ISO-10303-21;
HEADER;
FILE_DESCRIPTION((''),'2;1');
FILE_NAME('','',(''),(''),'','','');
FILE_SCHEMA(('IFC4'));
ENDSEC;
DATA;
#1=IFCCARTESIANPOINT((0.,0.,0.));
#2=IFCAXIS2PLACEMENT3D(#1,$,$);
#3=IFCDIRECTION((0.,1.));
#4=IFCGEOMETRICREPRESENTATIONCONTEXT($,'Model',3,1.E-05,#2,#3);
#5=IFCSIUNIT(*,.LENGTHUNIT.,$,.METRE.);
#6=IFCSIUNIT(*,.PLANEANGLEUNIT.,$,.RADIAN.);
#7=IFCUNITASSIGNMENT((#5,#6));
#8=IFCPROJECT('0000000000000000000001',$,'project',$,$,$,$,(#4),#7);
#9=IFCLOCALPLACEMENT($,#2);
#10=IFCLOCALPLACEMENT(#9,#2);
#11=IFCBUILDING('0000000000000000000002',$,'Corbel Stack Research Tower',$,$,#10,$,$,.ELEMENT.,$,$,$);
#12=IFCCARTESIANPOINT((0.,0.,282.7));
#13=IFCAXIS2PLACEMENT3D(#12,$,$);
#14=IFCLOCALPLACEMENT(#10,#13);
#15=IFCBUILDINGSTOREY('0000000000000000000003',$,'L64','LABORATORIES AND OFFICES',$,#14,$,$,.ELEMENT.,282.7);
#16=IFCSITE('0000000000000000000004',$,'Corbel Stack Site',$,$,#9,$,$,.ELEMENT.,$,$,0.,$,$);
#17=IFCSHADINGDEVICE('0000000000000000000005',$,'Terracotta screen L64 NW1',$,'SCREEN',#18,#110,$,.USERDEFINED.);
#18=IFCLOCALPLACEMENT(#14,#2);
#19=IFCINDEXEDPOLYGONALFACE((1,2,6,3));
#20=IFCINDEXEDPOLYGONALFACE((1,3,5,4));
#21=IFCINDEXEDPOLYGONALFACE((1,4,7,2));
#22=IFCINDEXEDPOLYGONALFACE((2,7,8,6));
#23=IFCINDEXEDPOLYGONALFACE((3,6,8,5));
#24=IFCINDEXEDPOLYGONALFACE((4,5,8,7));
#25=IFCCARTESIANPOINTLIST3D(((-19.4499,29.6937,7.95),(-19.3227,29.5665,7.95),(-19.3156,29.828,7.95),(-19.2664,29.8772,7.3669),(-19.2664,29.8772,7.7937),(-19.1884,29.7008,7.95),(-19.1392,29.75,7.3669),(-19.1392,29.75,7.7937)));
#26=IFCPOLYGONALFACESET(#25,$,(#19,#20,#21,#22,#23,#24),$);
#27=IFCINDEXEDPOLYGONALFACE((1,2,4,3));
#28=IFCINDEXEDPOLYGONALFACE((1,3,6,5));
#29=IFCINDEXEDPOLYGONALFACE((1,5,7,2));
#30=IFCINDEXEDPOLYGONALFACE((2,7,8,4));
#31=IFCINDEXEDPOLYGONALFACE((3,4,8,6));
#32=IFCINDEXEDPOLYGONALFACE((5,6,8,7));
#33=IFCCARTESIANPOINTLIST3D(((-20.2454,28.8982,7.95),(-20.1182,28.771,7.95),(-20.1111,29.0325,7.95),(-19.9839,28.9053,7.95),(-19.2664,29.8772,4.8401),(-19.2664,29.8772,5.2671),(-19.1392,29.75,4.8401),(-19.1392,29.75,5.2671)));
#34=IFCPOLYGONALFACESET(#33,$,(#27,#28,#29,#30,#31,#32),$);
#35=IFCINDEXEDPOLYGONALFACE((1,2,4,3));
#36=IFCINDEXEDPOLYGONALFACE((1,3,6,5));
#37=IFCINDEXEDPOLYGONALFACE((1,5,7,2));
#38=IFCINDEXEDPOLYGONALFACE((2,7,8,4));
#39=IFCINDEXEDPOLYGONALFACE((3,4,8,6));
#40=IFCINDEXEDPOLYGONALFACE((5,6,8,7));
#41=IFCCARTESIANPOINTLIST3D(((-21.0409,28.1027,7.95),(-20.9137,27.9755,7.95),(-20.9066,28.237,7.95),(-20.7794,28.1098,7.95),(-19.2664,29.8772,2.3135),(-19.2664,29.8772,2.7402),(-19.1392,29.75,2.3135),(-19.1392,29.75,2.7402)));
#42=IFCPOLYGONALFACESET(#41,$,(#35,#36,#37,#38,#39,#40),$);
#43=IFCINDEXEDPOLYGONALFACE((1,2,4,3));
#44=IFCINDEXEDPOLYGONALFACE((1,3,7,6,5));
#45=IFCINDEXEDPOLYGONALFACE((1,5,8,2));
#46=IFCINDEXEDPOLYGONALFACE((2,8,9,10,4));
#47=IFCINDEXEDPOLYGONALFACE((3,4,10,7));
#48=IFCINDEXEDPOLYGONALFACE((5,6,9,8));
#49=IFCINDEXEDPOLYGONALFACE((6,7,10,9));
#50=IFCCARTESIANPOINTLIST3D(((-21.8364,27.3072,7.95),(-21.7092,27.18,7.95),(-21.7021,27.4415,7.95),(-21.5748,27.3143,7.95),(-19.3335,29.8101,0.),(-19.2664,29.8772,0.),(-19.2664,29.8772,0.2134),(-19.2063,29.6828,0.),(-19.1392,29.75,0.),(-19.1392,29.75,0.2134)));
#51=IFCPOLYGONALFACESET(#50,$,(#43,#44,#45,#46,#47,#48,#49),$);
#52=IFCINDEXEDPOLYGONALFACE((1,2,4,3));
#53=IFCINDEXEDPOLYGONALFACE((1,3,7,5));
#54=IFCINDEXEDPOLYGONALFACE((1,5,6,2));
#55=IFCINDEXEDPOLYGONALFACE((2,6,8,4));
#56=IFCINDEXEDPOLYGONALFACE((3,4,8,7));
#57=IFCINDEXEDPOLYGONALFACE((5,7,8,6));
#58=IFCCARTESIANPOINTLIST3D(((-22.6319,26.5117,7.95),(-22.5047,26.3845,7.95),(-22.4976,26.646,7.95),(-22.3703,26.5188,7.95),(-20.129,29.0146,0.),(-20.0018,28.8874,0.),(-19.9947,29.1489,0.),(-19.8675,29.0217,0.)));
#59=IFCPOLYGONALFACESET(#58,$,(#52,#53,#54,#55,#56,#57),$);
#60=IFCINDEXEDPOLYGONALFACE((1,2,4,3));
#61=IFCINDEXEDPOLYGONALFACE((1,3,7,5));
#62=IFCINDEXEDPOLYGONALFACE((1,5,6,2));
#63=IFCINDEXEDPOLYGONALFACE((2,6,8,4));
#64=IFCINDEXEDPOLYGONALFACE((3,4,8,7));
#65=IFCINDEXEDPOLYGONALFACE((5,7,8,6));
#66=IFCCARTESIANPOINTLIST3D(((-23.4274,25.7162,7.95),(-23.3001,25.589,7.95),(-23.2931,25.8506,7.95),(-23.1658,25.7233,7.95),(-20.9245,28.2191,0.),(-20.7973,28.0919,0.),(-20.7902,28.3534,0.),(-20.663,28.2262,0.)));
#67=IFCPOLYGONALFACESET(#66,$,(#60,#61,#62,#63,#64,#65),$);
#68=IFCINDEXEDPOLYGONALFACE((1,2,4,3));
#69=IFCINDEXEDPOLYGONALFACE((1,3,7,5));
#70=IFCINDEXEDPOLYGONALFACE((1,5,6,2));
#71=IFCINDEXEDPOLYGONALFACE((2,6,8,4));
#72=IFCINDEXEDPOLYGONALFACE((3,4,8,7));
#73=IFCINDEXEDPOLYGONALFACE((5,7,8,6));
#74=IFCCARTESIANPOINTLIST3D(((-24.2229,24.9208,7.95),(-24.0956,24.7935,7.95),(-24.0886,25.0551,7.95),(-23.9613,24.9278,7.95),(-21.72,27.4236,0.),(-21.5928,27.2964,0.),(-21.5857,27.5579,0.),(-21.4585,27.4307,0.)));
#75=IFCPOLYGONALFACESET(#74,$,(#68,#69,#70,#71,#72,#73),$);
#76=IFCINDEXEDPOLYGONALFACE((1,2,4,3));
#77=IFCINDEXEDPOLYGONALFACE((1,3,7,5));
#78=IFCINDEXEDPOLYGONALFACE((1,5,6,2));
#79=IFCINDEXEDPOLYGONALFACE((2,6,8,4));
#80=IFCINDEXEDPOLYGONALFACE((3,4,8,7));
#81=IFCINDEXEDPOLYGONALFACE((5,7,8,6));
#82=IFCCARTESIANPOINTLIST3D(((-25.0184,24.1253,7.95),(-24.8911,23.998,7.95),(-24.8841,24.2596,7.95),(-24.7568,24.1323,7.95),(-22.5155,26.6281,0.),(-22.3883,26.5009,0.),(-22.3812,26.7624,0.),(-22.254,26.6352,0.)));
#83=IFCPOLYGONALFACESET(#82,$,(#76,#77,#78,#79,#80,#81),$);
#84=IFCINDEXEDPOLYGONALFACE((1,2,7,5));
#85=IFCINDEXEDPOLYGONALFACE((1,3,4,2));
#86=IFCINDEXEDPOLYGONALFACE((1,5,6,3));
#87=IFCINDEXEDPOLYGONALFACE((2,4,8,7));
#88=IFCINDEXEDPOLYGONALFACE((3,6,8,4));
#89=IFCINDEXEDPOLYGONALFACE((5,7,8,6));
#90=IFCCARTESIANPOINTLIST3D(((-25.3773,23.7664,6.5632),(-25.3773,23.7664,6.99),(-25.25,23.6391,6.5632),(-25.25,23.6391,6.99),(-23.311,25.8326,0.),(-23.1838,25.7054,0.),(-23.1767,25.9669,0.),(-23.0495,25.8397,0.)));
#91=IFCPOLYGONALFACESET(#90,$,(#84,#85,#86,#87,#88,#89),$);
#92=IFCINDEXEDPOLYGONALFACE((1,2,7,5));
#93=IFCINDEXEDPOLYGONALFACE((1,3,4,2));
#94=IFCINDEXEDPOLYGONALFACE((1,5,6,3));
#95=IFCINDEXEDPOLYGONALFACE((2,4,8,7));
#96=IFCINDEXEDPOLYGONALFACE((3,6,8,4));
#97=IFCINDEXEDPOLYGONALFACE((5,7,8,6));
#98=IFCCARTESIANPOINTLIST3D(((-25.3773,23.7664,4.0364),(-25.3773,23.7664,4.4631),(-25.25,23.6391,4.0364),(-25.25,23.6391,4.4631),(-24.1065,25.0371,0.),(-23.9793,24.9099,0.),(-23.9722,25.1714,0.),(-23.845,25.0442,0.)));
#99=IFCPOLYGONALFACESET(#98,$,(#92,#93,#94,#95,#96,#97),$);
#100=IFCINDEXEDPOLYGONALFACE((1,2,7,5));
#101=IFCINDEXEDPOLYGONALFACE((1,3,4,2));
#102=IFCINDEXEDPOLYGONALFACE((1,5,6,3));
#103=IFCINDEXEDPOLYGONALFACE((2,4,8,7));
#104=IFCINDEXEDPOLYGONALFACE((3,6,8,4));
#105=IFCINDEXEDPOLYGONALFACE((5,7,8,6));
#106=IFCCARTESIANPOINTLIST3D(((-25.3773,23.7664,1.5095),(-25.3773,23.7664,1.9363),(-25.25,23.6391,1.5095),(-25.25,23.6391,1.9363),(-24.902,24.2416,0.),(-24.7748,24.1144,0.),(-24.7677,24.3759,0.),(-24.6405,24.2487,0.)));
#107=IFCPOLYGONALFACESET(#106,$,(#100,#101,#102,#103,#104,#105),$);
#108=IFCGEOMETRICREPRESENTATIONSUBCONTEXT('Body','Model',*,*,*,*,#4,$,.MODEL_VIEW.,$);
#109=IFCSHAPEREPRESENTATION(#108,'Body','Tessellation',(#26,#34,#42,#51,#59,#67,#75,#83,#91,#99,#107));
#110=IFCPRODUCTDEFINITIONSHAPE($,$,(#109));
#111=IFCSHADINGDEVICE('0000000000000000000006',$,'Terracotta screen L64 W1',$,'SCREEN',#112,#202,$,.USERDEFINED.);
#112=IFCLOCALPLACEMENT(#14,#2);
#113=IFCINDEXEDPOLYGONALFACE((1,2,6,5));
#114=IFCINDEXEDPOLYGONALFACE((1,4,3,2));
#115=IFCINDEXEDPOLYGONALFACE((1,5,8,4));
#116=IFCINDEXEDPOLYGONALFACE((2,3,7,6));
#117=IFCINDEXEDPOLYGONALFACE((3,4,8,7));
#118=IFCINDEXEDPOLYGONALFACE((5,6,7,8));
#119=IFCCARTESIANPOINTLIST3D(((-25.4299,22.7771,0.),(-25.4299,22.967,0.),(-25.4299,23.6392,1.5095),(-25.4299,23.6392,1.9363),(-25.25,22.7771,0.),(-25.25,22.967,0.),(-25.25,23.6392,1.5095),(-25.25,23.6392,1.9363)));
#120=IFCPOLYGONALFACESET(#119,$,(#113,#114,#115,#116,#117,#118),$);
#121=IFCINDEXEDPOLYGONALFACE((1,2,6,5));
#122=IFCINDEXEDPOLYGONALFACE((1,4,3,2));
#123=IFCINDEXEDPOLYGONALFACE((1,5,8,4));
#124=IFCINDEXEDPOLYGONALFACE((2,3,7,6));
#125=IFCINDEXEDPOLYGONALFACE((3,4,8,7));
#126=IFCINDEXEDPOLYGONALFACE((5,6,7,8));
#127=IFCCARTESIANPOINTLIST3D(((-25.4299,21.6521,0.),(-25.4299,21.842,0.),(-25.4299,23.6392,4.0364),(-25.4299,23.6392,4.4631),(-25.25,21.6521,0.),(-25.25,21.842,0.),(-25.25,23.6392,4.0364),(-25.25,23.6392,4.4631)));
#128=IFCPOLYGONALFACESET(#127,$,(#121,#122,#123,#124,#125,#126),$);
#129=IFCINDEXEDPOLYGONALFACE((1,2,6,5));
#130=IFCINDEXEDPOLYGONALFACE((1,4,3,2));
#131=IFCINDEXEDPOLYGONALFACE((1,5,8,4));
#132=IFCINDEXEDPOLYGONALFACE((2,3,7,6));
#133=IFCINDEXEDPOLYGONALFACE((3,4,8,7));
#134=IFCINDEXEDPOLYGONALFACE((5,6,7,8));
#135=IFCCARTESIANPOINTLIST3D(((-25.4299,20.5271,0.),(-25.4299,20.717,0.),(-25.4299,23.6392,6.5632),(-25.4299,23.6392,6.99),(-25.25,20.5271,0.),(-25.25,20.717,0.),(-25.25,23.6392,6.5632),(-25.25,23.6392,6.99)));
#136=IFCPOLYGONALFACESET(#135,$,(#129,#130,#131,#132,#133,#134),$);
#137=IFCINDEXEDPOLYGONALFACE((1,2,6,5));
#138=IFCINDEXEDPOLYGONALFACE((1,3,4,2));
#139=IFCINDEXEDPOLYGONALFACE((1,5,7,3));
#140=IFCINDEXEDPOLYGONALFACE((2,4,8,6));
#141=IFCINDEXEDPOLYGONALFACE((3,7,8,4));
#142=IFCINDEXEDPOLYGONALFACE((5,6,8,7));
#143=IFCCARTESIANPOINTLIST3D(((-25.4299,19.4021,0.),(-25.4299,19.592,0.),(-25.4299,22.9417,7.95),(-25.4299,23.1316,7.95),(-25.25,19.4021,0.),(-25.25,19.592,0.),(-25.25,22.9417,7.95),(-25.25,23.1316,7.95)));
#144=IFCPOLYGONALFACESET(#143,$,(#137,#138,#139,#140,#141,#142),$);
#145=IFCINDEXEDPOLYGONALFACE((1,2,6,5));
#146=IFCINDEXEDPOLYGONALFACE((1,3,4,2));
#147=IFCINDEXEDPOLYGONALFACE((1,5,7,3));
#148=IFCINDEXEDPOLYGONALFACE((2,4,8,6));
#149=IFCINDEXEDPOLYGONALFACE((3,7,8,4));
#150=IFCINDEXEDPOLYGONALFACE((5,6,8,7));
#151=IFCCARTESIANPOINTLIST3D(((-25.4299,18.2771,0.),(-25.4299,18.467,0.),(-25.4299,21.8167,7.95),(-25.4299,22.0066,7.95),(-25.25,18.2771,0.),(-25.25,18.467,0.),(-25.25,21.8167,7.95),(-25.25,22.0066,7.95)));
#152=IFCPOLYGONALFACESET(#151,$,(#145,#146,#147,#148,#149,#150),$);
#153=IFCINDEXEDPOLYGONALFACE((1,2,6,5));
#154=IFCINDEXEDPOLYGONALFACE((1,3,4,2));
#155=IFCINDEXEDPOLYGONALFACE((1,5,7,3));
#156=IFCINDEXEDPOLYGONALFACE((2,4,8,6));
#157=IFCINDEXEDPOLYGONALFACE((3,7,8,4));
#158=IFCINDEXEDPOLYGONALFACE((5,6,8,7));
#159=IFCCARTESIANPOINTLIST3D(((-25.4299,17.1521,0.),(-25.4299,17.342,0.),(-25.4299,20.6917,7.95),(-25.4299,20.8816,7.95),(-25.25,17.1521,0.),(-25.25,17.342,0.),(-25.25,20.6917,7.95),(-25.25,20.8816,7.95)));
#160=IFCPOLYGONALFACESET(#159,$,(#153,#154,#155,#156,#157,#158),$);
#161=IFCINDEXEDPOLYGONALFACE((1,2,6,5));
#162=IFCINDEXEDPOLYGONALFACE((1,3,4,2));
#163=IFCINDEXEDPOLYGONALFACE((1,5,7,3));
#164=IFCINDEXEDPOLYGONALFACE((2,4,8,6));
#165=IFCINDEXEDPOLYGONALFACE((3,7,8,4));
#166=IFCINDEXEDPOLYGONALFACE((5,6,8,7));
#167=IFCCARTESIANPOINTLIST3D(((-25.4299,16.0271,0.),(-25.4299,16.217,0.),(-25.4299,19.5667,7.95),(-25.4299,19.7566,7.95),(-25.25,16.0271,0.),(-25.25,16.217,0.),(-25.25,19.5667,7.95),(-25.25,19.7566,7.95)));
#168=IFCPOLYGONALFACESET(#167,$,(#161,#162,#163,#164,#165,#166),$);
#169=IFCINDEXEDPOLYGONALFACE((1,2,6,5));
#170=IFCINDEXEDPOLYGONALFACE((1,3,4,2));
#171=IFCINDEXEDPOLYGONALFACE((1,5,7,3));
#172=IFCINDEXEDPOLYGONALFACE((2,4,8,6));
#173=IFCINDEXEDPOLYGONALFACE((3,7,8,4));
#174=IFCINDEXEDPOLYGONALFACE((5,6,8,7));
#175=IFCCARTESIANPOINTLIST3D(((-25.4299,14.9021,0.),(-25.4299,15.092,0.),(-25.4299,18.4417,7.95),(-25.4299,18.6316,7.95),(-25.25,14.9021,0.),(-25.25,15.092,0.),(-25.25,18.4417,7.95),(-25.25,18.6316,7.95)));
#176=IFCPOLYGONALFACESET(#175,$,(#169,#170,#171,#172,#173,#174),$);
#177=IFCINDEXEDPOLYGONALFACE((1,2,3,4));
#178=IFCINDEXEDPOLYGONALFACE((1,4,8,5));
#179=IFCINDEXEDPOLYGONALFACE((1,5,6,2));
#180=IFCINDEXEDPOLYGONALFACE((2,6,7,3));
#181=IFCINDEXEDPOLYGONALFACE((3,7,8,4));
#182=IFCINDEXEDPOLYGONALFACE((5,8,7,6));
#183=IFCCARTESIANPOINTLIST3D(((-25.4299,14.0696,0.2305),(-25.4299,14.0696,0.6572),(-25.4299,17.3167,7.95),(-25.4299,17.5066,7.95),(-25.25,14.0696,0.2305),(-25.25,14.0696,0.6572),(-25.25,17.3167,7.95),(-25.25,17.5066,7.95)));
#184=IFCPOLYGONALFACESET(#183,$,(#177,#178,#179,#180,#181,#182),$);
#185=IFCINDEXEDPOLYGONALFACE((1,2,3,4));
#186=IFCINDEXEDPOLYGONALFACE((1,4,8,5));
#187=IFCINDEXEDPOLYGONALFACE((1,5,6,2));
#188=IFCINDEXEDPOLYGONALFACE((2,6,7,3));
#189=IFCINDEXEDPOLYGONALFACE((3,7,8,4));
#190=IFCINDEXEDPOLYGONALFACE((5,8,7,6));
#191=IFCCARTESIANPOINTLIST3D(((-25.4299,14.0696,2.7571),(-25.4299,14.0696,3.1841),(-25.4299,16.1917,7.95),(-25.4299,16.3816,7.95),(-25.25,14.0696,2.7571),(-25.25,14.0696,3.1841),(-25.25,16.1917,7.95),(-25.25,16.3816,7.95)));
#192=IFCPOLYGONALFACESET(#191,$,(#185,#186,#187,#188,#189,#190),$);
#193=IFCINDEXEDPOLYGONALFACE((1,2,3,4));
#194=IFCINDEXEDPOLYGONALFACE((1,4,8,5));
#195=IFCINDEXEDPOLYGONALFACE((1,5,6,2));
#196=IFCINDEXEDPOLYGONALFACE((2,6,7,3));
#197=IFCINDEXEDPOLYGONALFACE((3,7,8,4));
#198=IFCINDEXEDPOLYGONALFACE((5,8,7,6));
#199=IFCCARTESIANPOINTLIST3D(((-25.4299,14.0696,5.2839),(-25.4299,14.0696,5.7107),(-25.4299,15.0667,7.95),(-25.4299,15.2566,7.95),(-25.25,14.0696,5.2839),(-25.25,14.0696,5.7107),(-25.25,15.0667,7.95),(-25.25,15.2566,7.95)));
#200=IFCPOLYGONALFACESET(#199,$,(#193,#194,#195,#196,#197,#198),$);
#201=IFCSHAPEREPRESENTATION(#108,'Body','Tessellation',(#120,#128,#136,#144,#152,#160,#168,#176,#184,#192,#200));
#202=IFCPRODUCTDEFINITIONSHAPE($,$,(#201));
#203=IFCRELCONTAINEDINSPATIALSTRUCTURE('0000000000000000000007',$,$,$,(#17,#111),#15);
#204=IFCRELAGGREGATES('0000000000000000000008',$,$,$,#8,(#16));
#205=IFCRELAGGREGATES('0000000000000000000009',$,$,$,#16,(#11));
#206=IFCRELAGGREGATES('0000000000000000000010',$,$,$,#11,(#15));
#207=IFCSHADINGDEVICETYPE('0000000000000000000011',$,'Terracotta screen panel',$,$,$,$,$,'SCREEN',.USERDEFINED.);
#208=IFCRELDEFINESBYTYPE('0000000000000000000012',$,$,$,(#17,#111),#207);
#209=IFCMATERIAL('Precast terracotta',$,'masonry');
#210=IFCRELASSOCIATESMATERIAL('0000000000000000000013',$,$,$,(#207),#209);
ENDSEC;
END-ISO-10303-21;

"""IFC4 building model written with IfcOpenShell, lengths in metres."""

from ifc_helpers import new_model, si_unit, direction, frame, origin, place, context, subcontext, project, spatial, polyline, outline, extrude, source, transform, mapped, material, type_object, element, save


model = new_model("IFC4")

# Units and contexts
model_context = context("Model", 3, precision=1e-05, world=origin(), true_north=direction((0.0, 1.0)))
body_context = subcontext(model_context, "Body", "Model", "MODEL_VIEW")
ifc_project = project(units=[si_unit("LENGTHUNIT", "METRE"), si_unit("PLANEANGLEUNIT", "RADIAN")], contexts=[model_context])

# Site, building, storey
site_placement = place(None, origin())
site = spatial("IfcSite", under=ifc_project, at=site_placement, Name="Corbel Stack Site", CompositionType="ELEMENT", RefElevation=0.0)
building_placement = place(site_placement, origin())
building = spatial("IfcBuilding", under=site, at=building_placement, Name="Corbel Stack Research Tower", CompositionType="ELEMENT")
storey_placement = place(building_placement, frame((0.0, 0.0, 282.7)))
storey = spatial("IfcBuildingStorey", under=building, at=storey_placement, Name="L64", Description="LABORATORIES AND OFFICES", CompositionType="ELEMENT", Elevation=282.7)

# Shading devices
ifc_material_1 = material(Name="Precast terracotta", Category="masonry")
shading_device_type = type_object("IfcShadingDeviceType", Name="Terracotta screen panel", ElementType="SCREEN", PredefinedType="USERDEFINED", material=ifc_material_1)
shared_shape_1 = source(origin(), body_context, "Body", "SweptSolid", [
    extrude(outline(polyline([(0.2595, 7.95), (0.0696, 7.95), (0.0, 7.7937), (0.0, 7.3669), (0.2595, 7.95)])), frame((0.0, 0.0, 0.0), z_axis=(0.0, -1.0, 0.0), x_axis=(1.0, 0.0, 0.0)), (0.0, 0.0, 1.0), 0.1799),
    extrude(outline(polyline([(1.3845, 7.95), (1.1946, 7.95), (0.0, 5.2671), (0.0, 4.8401), (1.3845, 7.95)])), frame((0.0, 0.0, 0.0), z_axis=(0.0, -1.0, 0.0), x_axis=(1.0, 0.0, 0.0)), (0.0, 0.0, 1.0), 0.1799),
    extrude(outline(polyline([(2.5095, 7.95), (2.3196, 7.95), (0.0, 2.7402), (0.0, 2.3135), (2.5095, 7.95)])), frame((0.0, 0.0, 0.0), z_axis=(0.0, -1.0, 0.0), x_axis=(1.0, 0.0, 0.0)), (0.0, 0.0, 1.0), 0.1799),
    extrude(outline(polyline([(0.095, 0.0), (3.6345, 7.95), (3.4446, 7.95), (0.0, 0.2134), (0.0, 0.0), (0.095, 0.0)])), frame((0.0, 0.0, 0.0), z_axis=(0.0, -1.0, 0.0), x_axis=(1.0, 0.0, 0.0)), (0.0, 0.0, 1.0), 0.1799),
    extrude(outline(polyline([(1.22, 0.0), (4.7595, 7.95), (4.5696, 7.95), (1.03, 0.0), (1.22, 0.0)])), frame((0.0, 0.0, 0.0), z_axis=(0.0, -1.0, 0.0), x_axis=(1.0, 0.0, 0.0)), (0.0, 0.0, 1.0), 0.1799),
    extrude(outline(polyline([(2.345, 0.0), (5.8845, 7.95), (5.6946, 7.95), (2.155, 0.0), (2.345, 0.0)])), frame((0.0, 0.0, 0.0), z_axis=(0.0, -1.0, 0.0), x_axis=(1.0, 0.0, 0.0)), (0.0, 0.0, 1.0), 0.1799),
    extrude(outline(polyline([(3.47, 0.0), (7.0095, 7.95), (6.8196, 7.95), (3.28, 0.0), (3.47, 0.0)])), frame((0.0, 0.0, 0.0), z_axis=(0.0, -1.0, 0.0), x_axis=(1.0, 0.0, 0.0)), (0.0, 0.0, 1.0), 0.1799),
    extrude(outline(polyline([(4.595, 0.0), (8.1345, 7.95), (7.9446, 7.95), (4.405, 0.0), (4.595, 0.0)])), frame((0.0, 0.0, 0.0), z_axis=(0.0, -1.0, 0.0), x_axis=(1.0, 0.0, 0.0)), (0.0, 0.0, 1.0), 0.1799),
    extrude(outline(polyline([(5.72, 0.0), (8.6421, 6.5632), (8.6421, 6.99), (5.53, 0.0), (5.72, 0.0)])), frame((0.0, 0.0, 0.0), z_axis=(0.0, -1.0, 0.0), x_axis=(1.0, 0.0, 0.0)), (0.0, 0.0, 1.0), 0.1799),
    extrude(outline(polyline([(6.845, 0.0), (8.6421, 4.0364), (8.6421, 4.4631), (6.655, 0.0), (6.845, 0.0)])), frame((0.0, 0.0, 0.0), z_axis=(0.0, -1.0, 0.0), x_axis=(1.0, 0.0, 0.0)), (0.0, 0.0, 1.0), 0.1799),
    extrude(outline(polyline([(7.97, 0.0), (8.6421, 1.5095), (8.6421, 1.9363), (7.78, 0.0), (7.97, 0.0)])), frame((0.0, 0.0, 0.0), z_axis=(0.0, -1.0, 0.0), x_axis=(1.0, 0.0, 0.0)), (0.0, 0.0, 1.0), 0.1799),
])
shading_device_1_placement = place(storey_placement, frame((-19.1392, 29.75, 0.0), z_axis=(0.0, 0.0, 1.0), x_axis=(-0.707107, -0.707107, 0.0)))
element("IfcShadingDevice", 1, at=shading_device_1_placement, inside=storey, type_object=shading_device_type, Name="Terracotta screen L64 NW1", ObjectType="SCREEN", PredefinedType="USERDEFINED", context=body_context, shape_type="MappedRepresentation", body=[
    mapped(shared_shape_1, transform((0.0, 0.0, 0.0))),
])
shared_shape_2 = source(origin(), body_context, "Body", "SweptSolid", [
    extrude(outline(polyline([(0.8621, 0.0), (0.0, 1.9363), (0.0, 1.5095), (0.6721, 0.0), (0.8621, 0.0)])), frame((0.0, 0.0, 0.0), z_axis=(0.0, -1.0, 0.0), x_axis=(1.0, 0.0, 0.0)), (0.0, 0.0, 1.0), 0.1799),
    extrude(outline(polyline([(1.9871, 0.0), (0.0, 4.4631), (0.0, 4.0364), (1.7971, 0.0), (1.9871, 0.0)])), frame((0.0, 0.0, 0.0), z_axis=(0.0, -1.0, 0.0), x_axis=(1.0, 0.0, 0.0)), (0.0, 0.0, 1.0), 0.1799),
    extrude(outline(polyline([(3.1121, 0.0), (0.0, 6.99), (0.0, 6.5632), (2.9221, 0.0), (3.1121, 0.0)])), frame((0.0, 0.0, 0.0), z_axis=(0.0, -1.0, 0.0), x_axis=(1.0, 0.0, 0.0)), (0.0, 0.0, 1.0), 0.1799),
    extrude(outline(polyline([(4.2371, 0.0), (0.6975, 7.95), (0.5076, 7.95), (4.0471, 0.0), (4.2371, 0.0)])), frame((0.0, 0.0, 0.0), z_axis=(0.0, -1.0, 0.0), x_axis=(1.0, 0.0, 0.0)), (0.0, 0.0, 1.0), 0.1799),
    extrude(outline(polyline([(5.3621, 0.0), (1.8225, 7.95), (1.6326, 7.95), (5.1721, 0.0), (5.3621, 0.0)])), frame((0.0, 0.0, 0.0), z_axis=(0.0, -1.0, 0.0), x_axis=(1.0, 0.0, 0.0)), (0.0, 0.0, 1.0), 0.1799),
    extrude(outline(polyline([(6.4871, 0.0), (2.9475, 7.95), (2.7576, 7.95), (6.2971, 0.0), (6.4871, 0.0)])), frame((0.0, 0.0, 0.0), z_axis=(0.0, -1.0, 0.0), x_axis=(1.0, 0.0, 0.0)), (0.0, 0.0, 1.0), 0.1799),
    extrude(outline(polyline([(7.6121, 0.0), (4.0725, 7.95), (3.8826, 7.95), (7.4221, 0.0), (7.6121, 0.0)])), frame((0.0, 0.0, 0.0), z_axis=(0.0, -1.0, 0.0), x_axis=(1.0, 0.0, 0.0)), (0.0, 0.0, 1.0), 0.1799),
    extrude(outline(polyline([(8.7371, 0.0), (5.1975, 7.95), (5.0076, 7.95), (8.5471, 0.0), (8.7371, 0.0)])), frame((0.0, 0.0, 0.0), z_axis=(0.0, -1.0, 0.0), x_axis=(1.0, 0.0, 0.0)), (0.0, 0.0, 1.0), 0.1799),
    extrude(outline(polyline([(6.3225, 7.95), (6.1326, 7.95), (9.5696, 0.2305), (9.5696, 0.6572), (6.3225, 7.95)])), frame((0.0, 0.0, 0.0), z_axis=(0.0, -1.0, 0.0), x_axis=(1.0, 0.0, 0.0)), (0.0, 0.0, 1.0), 0.1799),
    extrude(outline(polyline([(7.4475, 7.95), (7.2576, 7.95), (9.5696, 2.7571), (9.5696, 3.1841), (7.4475, 7.95)])), frame((0.0, 0.0, 0.0), z_axis=(0.0, -1.0, 0.0), x_axis=(1.0, 0.0, 0.0)), (0.0, 0.0, 1.0), 0.1799),
    extrude(outline(polyline([(8.5725, 7.95), (8.3826, 7.95), (9.5696, 5.2839), (9.5696, 5.7107), (8.5725, 7.95)])), frame((0.0, 0.0, 0.0), z_axis=(0.0, -1.0, 0.0), x_axis=(1.0, 0.0, 0.0)), (0.0, 0.0, 1.0), 0.1799),
])
shading_device_2_placement = place(storey_placement, frame((-25.25, 23.6392, 0.0), z_axis=(0.0, 0.0, 1.0), x_axis=(0.0, -1.0, 0.0)))
element("IfcShadingDevice", 2, at=shading_device_2_placement, inside=storey, type_object=shading_device_type, Name="Terracotta screen L64 W1", ObjectType="SCREEN", PredefinedType="USERDEFINED", context=body_context, shape_type="MappedRepresentation", body=[
    mapped(shared_shape_2, transform((0.0, 0.0, 0.0))),
])

save(model, "model.ifc")
